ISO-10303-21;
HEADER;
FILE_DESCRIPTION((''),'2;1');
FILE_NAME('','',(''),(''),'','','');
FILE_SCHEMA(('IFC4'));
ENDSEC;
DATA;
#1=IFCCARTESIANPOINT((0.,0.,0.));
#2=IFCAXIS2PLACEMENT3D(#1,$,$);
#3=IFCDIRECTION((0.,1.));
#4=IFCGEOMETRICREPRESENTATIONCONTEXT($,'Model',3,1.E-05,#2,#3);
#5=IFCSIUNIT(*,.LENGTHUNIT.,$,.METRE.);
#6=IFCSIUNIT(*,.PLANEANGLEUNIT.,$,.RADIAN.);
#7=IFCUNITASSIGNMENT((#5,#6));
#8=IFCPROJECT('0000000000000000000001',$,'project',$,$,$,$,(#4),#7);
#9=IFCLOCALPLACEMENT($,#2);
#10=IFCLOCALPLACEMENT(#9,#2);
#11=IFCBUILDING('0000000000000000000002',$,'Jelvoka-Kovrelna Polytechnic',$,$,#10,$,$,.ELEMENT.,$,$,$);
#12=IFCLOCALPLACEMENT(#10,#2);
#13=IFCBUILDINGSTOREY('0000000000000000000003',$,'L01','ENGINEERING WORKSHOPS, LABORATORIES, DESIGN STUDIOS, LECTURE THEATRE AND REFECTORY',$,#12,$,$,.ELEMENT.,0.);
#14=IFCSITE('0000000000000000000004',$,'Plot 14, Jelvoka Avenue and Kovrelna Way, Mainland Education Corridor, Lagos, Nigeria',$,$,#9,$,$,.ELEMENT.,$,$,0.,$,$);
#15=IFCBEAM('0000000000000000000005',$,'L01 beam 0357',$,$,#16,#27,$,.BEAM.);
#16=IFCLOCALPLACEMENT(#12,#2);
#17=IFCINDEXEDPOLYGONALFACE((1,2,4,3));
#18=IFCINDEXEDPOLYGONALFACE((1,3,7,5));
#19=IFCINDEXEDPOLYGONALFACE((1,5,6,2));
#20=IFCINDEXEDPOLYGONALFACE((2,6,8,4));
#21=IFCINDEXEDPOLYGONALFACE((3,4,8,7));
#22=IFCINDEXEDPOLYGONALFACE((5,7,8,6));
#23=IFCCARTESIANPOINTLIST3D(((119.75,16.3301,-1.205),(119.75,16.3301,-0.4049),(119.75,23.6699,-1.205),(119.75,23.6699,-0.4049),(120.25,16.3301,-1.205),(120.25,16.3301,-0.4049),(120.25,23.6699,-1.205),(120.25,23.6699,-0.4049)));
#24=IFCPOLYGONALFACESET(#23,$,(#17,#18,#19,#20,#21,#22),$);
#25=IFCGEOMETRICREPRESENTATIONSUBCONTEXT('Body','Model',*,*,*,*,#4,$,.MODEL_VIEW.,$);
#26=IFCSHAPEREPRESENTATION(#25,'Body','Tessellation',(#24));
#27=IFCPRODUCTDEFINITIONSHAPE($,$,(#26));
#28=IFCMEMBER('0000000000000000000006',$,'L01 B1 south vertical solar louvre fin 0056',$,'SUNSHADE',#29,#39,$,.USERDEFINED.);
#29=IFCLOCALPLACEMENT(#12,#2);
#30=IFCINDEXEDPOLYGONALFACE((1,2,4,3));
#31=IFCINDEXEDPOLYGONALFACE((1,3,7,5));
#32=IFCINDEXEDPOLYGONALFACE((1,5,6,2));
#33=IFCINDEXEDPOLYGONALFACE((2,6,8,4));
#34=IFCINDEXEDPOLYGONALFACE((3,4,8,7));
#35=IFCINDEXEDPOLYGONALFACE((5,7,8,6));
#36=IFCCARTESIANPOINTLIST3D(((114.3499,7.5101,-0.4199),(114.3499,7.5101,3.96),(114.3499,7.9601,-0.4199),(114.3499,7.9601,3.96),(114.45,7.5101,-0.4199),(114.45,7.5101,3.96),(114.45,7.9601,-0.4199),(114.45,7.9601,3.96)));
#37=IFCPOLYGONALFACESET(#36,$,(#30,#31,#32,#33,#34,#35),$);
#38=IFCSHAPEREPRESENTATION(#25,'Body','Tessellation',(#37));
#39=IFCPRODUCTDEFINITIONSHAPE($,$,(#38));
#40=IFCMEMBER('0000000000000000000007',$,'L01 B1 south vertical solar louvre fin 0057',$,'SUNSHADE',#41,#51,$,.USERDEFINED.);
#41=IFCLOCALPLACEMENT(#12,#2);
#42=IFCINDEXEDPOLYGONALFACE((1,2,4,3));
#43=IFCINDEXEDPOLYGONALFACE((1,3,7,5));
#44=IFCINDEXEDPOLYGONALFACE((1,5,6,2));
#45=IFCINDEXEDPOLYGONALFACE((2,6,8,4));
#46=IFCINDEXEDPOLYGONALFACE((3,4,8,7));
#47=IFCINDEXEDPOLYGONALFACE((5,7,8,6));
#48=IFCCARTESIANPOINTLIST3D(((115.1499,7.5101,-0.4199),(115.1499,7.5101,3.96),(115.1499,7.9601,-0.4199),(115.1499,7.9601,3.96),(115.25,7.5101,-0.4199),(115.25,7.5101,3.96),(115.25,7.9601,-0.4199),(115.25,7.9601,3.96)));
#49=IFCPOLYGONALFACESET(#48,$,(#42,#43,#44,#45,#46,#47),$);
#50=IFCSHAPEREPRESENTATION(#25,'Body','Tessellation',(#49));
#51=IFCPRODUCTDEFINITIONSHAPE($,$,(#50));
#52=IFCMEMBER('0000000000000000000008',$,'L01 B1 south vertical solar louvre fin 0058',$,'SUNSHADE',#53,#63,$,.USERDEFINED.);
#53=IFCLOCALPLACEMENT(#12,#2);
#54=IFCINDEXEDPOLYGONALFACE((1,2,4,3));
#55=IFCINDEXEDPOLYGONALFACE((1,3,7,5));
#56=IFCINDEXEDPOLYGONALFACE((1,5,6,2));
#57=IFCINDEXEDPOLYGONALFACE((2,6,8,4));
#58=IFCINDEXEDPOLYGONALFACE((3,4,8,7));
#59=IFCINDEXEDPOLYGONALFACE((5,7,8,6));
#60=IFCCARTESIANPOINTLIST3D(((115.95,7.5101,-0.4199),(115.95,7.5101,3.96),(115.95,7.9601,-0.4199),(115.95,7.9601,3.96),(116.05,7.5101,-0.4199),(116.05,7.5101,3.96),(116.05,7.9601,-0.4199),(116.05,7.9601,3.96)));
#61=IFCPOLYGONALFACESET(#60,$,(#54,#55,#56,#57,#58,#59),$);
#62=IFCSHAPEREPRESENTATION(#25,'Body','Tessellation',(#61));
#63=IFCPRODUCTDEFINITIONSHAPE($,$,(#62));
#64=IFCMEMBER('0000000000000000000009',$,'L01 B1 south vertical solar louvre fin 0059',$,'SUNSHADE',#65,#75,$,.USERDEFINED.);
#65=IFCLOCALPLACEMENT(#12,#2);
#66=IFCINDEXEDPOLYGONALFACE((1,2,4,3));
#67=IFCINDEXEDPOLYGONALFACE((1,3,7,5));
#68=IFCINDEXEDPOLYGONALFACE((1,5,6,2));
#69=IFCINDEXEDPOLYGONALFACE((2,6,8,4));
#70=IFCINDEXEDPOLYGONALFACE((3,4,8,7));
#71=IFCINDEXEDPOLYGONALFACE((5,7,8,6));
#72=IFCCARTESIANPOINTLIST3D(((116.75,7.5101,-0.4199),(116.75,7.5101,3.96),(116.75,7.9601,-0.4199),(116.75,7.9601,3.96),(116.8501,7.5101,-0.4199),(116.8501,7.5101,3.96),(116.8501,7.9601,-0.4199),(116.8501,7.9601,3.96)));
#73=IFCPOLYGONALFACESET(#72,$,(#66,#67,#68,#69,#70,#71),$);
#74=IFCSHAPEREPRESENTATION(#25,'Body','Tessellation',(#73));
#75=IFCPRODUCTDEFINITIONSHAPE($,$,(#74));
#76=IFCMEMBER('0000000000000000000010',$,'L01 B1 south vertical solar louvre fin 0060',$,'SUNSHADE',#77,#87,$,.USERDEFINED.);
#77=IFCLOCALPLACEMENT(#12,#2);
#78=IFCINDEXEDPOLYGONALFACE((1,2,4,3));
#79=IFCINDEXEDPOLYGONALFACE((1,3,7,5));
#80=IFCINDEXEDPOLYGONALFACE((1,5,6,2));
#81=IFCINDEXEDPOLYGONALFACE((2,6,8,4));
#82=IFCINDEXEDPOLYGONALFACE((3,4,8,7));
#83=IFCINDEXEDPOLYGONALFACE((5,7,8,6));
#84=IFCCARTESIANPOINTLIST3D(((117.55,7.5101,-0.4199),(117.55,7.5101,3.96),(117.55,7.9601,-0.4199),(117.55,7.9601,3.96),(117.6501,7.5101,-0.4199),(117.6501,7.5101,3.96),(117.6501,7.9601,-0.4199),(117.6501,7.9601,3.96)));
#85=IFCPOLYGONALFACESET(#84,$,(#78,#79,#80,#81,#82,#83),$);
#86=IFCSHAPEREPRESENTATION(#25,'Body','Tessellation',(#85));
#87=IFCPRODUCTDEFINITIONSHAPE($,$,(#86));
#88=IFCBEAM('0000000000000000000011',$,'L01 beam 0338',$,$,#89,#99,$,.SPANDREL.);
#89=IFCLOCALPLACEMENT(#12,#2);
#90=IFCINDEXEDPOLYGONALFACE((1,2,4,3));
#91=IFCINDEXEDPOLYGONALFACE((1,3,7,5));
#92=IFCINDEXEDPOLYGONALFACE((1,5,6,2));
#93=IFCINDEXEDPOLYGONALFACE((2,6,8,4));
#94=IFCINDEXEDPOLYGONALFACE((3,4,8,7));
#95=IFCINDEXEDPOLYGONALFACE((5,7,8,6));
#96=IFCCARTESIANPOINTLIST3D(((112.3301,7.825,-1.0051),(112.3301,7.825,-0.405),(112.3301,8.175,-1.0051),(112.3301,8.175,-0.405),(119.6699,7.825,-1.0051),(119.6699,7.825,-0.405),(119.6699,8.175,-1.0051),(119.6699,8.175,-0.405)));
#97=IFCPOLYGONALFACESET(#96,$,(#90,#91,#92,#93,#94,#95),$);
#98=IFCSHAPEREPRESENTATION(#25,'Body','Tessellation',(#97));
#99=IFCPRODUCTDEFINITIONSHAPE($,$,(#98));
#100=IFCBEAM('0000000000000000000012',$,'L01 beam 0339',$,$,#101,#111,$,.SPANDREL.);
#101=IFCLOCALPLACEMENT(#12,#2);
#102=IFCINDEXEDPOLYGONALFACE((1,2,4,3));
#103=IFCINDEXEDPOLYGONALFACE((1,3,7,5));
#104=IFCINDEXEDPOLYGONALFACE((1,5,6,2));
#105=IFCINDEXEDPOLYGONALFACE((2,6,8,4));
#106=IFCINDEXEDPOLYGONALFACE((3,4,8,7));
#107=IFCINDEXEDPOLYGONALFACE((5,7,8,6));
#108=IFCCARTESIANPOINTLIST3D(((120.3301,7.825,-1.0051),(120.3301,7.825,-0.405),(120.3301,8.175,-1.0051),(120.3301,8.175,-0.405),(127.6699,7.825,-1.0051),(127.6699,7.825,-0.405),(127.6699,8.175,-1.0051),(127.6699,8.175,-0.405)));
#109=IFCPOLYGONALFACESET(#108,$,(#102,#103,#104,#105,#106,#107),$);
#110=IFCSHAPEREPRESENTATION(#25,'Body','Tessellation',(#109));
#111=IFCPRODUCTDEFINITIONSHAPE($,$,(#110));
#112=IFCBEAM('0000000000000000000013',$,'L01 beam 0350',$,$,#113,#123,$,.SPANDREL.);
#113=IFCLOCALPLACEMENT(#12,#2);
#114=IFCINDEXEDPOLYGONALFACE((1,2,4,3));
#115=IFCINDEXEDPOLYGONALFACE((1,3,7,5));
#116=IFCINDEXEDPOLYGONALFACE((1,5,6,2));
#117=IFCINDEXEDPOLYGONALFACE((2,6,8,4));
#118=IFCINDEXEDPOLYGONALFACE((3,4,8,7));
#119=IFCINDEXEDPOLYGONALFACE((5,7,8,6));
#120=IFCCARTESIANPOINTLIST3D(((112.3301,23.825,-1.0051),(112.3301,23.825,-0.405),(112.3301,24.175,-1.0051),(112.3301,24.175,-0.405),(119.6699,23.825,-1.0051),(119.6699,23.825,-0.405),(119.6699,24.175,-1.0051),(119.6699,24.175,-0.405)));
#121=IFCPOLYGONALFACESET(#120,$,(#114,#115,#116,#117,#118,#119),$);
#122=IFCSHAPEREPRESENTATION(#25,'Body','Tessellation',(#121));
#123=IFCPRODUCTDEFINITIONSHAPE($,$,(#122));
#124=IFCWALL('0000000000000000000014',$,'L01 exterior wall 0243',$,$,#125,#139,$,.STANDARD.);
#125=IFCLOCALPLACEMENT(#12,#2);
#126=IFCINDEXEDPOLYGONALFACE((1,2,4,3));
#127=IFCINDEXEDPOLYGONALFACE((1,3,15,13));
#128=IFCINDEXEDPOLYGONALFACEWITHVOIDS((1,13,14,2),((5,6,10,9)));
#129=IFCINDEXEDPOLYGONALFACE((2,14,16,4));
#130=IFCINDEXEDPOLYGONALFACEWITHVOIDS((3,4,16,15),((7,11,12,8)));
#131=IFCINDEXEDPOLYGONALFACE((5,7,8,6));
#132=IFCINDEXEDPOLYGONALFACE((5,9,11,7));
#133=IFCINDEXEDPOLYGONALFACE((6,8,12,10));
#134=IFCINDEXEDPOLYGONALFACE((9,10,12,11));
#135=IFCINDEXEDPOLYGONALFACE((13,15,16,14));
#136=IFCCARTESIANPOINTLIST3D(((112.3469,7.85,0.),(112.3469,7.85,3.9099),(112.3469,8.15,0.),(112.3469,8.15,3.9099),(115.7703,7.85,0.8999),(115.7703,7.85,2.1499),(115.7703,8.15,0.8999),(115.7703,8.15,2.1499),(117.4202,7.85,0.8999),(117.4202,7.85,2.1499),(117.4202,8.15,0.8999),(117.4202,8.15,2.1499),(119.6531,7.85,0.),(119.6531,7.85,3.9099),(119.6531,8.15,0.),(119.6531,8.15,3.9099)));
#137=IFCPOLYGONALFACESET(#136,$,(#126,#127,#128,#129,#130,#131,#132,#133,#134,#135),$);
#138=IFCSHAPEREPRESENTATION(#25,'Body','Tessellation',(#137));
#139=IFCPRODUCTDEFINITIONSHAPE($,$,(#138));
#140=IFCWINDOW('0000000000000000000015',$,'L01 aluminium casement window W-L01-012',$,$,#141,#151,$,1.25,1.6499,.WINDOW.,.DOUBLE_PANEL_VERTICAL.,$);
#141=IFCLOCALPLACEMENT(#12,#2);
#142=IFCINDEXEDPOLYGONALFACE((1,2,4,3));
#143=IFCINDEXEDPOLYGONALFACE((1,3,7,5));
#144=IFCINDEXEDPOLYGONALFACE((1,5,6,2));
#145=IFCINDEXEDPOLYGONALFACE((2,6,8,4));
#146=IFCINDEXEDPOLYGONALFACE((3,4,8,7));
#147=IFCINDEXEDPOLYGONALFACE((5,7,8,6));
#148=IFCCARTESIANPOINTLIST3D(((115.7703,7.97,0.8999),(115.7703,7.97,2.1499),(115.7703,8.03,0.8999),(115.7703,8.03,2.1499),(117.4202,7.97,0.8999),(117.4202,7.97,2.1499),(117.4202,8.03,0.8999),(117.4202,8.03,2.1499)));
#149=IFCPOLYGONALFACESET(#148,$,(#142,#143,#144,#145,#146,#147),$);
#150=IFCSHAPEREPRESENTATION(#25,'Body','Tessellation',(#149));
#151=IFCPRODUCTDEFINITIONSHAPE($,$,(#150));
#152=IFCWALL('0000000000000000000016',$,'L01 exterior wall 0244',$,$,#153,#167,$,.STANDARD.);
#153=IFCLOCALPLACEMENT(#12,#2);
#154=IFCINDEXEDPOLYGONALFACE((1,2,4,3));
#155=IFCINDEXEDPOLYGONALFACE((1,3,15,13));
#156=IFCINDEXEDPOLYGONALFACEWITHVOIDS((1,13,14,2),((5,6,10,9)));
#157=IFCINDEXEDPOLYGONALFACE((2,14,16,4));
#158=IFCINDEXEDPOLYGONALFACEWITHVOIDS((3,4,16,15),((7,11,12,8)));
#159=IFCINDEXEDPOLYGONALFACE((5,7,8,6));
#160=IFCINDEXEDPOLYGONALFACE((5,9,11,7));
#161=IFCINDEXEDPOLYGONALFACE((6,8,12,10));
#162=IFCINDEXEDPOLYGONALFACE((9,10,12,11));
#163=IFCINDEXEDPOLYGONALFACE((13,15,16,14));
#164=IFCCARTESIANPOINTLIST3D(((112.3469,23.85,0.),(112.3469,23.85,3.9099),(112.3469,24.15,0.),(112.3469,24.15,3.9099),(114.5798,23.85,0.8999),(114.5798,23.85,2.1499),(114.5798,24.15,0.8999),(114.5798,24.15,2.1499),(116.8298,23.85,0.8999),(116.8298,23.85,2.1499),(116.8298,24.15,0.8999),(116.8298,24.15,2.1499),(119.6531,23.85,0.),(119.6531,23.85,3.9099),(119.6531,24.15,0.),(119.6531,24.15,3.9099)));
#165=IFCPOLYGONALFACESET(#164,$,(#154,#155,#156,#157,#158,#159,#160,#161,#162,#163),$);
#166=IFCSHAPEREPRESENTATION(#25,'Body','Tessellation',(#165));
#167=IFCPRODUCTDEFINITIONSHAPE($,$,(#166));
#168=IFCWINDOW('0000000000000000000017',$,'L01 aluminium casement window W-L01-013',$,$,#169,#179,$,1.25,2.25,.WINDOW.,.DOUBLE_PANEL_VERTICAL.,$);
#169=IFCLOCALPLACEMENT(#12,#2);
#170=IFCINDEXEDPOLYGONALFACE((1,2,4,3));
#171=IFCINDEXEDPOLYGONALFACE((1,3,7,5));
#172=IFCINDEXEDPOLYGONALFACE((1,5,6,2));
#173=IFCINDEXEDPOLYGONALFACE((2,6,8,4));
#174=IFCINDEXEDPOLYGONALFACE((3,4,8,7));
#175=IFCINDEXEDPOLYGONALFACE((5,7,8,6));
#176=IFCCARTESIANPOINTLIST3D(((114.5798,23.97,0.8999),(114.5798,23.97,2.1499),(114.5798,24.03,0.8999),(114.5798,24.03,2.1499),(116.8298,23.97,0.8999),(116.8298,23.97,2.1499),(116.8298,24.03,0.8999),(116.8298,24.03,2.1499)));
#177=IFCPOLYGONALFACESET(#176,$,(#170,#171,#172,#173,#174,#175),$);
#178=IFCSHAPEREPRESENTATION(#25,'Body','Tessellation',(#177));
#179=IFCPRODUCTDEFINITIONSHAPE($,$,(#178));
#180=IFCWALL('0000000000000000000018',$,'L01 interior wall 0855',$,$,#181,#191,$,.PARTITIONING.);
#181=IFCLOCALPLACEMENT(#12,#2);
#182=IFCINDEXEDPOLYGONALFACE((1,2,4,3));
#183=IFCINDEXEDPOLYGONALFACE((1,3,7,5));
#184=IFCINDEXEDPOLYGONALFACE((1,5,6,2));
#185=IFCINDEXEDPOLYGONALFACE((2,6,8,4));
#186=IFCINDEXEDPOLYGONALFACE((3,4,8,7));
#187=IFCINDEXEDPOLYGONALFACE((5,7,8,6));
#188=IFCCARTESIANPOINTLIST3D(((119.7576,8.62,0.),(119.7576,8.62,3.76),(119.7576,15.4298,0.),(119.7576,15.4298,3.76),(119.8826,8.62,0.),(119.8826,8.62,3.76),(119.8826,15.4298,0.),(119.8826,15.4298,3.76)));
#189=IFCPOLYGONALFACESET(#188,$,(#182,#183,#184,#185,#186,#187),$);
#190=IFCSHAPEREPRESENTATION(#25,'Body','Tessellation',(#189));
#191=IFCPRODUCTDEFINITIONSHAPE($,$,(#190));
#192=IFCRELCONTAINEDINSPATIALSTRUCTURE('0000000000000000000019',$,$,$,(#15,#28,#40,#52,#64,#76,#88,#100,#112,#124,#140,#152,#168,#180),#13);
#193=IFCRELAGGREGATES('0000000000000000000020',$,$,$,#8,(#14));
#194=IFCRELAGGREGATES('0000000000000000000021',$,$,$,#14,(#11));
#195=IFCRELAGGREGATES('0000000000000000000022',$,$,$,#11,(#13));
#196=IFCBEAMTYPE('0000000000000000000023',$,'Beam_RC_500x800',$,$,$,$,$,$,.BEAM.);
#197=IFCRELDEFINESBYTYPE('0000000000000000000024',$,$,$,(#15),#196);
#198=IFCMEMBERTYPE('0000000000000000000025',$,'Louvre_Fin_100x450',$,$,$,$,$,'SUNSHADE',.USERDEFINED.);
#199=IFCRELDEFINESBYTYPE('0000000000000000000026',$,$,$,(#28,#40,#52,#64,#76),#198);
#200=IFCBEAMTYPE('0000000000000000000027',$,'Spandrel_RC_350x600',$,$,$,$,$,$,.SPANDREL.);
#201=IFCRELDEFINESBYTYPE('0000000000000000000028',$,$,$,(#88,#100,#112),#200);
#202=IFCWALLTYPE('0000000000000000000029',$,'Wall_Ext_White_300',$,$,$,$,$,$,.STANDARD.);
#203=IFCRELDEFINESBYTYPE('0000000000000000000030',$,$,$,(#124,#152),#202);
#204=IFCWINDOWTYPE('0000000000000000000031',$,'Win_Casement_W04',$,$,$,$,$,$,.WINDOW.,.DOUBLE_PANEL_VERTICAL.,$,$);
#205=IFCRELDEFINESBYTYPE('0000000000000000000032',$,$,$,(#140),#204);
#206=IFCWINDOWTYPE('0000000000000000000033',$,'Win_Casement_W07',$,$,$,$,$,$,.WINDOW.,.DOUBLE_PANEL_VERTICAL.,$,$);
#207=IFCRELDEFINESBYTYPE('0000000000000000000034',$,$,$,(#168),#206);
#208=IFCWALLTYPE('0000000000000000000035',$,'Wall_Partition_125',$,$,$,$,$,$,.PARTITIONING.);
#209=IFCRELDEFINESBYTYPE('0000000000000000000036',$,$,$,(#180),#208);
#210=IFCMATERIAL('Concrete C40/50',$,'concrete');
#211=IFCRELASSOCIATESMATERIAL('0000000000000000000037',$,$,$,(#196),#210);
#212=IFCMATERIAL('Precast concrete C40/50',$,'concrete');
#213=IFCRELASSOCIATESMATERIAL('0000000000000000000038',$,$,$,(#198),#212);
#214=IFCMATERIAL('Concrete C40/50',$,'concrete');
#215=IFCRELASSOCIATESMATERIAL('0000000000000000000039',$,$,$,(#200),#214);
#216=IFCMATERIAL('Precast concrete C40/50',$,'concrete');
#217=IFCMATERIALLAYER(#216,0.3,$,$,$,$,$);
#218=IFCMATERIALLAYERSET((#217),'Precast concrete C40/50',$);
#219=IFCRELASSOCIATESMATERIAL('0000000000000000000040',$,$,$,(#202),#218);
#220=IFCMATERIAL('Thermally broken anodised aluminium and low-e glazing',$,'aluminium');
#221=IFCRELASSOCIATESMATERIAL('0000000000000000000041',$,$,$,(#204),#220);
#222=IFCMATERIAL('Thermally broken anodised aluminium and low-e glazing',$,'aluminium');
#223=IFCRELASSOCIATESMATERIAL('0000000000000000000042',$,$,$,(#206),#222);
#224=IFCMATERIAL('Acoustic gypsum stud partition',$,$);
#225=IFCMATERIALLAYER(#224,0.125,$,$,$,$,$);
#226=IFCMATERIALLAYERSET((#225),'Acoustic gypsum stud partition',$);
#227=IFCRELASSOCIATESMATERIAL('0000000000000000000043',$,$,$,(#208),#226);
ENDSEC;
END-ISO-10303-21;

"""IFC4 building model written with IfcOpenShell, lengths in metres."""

from ifc_helpers import new_model, si_unit, direction, frame, frame_2d, origin, origin_2d, place, context, subcontext, project, spatial, rectangle, extrude, material, layer, layer_set, material_profile, profile_set, type_object, element, fill, save


model = new_model("IFC4")

# Units and contexts
model_context = context("Model", 3, precision=1e-05, world=origin(), true_north=direction((0.0, 1.0)))
body_context = subcontext(model_context, "Body", "Model", "MODEL_VIEW")
ifc_project = project(units=[si_unit("LENGTHUNIT", "METRE"), si_unit("PLANEANGLEUNIT", "RADIAN")], contexts=[model_context])

# Site, building, storey
site_placement = place(None, origin())
site = spatial("IfcSite", under=ifc_project, at=site_placement, Name="Plot 14, Jelvoka Avenue and Kovrelna Way, Mainland Education Corridor, Lagos, Nigeria", CompositionType="ELEMENT", RefElevation=0.0)
building_placement = place(site_placement, origin())
building = spatial("IfcBuilding", under=site, at=building_placement, Name="Jelvoka-Kovrelna Polytechnic", CompositionType="ELEMENT")
storey_placement = place(building_placement, origin())
storey = spatial("IfcBuildingStorey", under=building, at=storey_placement, Name="L01", Description="ENGINEERING WORKSHOPS, LABORATORIES, DESIGN STUDIOS, LECTURE THEATRE AND REFECTORY", CompositionType="ELEMENT", Elevation=0.0)

# Beam
ifc_material_1 = material(Name="Concrete C40/50", Category="concrete")
ifc_material_profile_1 = material_profile(ifc_material_1, rectangle(XDim=0.5, YDim=0.8, at=origin_2d()), Name="RC 500x800")
ifc_profile_set_1 = profile_set([ifc_material_profile_1], Name="Concrete C40/50")
beam_type_1 = type_object("IfcBeamType", Name="Beam_RC_500x800", PredefinedType="BEAM", material=ifc_profile_set_1)
for number, where, z_axis, x_axis, name in (
    (1, (120.0, 16.3301, -0.8049), (0.0, 1.0, 0.0), (-1.0, 0.0, 0.0), "L01 beam 0357"),
):
    element("IfcBeam", number, at=place(storey_placement, frame(where, z_axis=z_axis, x_axis=x_axis)), inside=storey, type_object=beam_type_1, Name=name, PredefinedType="BEAM", context=body_context, shape_type="SweptSolid", body=[
        extrude(rectangle(XDim=0.5, YDim=0.8, at=origin_2d()), origin(), (0.0, 0.0, 1.0), 7.3398),
    ])

# Members
ifc_material_2 = material(Name="Precast concrete C40/50", Category="concrete")
ifc_material_profile_2 = material_profile(ifc_material_2, rectangle(XDim=0.1001, YDim=0.45, at=origin_2d()), Name="PC 100x450")
ifc_profile_set_2 = profile_set([ifc_material_profile_2], Name="Precast concrete C40/50")
member_type = type_object("IfcMemberType", Name="Louvre_Fin_100x450", ElementType="SUNSHADE", PredefinedType="USERDEFINED", material=ifc_profile_set_2)
for number, where, z_axis, x_axis, name in (
    (2, (114.3999, 7.7351, -0.4199), (0.0, 0.0, 1.0), (1.0, 0.0, 0.0), "L01 B1 south vertical solar louvre fin 0056"),
    (3, (115.2, 7.7351, -0.4199), (0.0, 0.0, 1.0), (1.0, 0.0, 0.0), "L01 B1 south vertical solar louvre fin 0057"),
    (4, (116.0, 7.7351, -0.4199), (0.0, 0.0, 1.0), (1.0, 0.0, 0.0), "L01 B1 south vertical solar louvre fin 0058"),
    (5, (116.8, 7.7351, -0.4199), (0.0, 0.0, 1.0), (1.0, 0.0, 0.0), "L01 B1 south vertical solar louvre fin 0059"),
    (6, (117.6001, 7.7351, -0.4199), (0.0, 0.0, 1.0), (1.0, 0.0, 0.0), "L01 B1 south vertical solar louvre fin 0060"),
):
    element("IfcMember", number, at=place(storey_placement, frame(where, z_axis=z_axis, x_axis=x_axis)), inside=storey, type_object=member_type, Name=name, ObjectType="SUNSHADE", PredefinedType="USERDEFINED", context=body_context, shape_type="SweptSolid", body=[
        extrude(rectangle(XDim=0.1001, YDim=0.45, at=origin_2d()), origin(), (0.0, 0.0, 1.0), 4.3799),
    ])

# Beams
ifc_material_3 = material(Name="Concrete C40/50", Category="concrete")
ifc_material_profile_3 = material_profile(ifc_material_3, rectangle(XDim=0.3501, YDim=0.6001, at=origin_2d()), Name="RC 350x600")
ifc_profile_set_3 = profile_set([ifc_material_profile_3], Name="Concrete C40/50")
beam_type_2 = type_object("IfcBeamType", Name="Spandrel_RC_350x600", PredefinedType="SPANDREL", material=ifc_profile_set_3)
for number, where, z_axis, x_axis, name in (
    (7, (112.3301, 8.0, -0.7051), (1.0, 0.0, 0.0), (0.0, 1.0, 0.0), "L01 beam 0338"),
    (8, (120.3301, 8.0, -0.7051), (1.0, 0.0, 0.0), (0.0, 1.0, 0.0), "L01 beam 0339"),
    (9, (112.3301, 24.0, -0.7051), (1.0, 0.0, 0.0), (0.0, 1.0, 0.0), "L01 beam 0350"),
):
    element("IfcBeam", number, at=place(storey_placement, frame(where, z_axis=z_axis, x_axis=x_axis)), inside=storey, type_object=beam_type_2, Name=name, PredefinedType="SPANDREL", context=body_context, shape_type="SweptSolid", body=[
        extrude(rectangle(XDim=0.3501, YDim=0.6001, at=origin_2d()), origin(), (0.0, 0.0, 1.0), 7.3398),
    ])

# Walls, openings, windows
ifc_material_4 = material(Name="Precast concrete C40/50", Category="concrete")
ifc_layer_1 = layer(ifc_material_4, 0.3)
ifc_layer_set_1 = layer_set([ifc_layer_1], Name="Precast concrete C40/50")
wall_type_1 = type_object("IfcWallType", Name="Wall_Ext_White_300", PredefinedType="STANDARD", material=ifc_layer_set_1)
wall_1_placement = place(storey_placement, frame((119.6531, 8.0, 0.0), z_axis=(0.0, 0.0, 1.0), x_axis=(-1.0, 0.0, 0.0)))
wall_1 = element("IfcWall", 10, at=wall_1_placement, inside=storey, type_object=wall_type_1, Name="L01 exterior wall 0243", PredefinedType="STANDARD", context=body_context, shape_type="SweptSolid", body=[
    extrude(rectangle(XDim=7.3062, YDim=0.3, at=frame_2d((3.6531, 0.0))), origin(), (0.0, 0.0, 1.0), 3.9099),
])
opening_1_placement = place(wall_1_placement, frame((2.2329, 0.0, 0.8999)))
opening_1 = element("IfcOpeningElement", 11, at=opening_1_placement, cuts=wall_1, PredefinedType="OPENING", context=body_context, shape_type="SweptSolid", body=[
    extrude(rectangle(XDim=1.6499, YDim=1.25, at=frame_2d((0.825, 0.625))), frame((0.0, 0.1599, 0.0), z_axis=(0.0, -1.0, 0.0), x_axis=(1.0, 0.0, 0.0)), (0.0, 0.0, 1.0), 0.3201),
])
ifc_material_5 = material(Name="Thermally broken anodised aluminium and low-e glazing", Category="aluminium")
window_type_1 = type_object("IfcWindowType", Name="Win_Casement_W04", PartitioningType="DOUBLE_PANEL_VERTICAL", PredefinedType="WINDOW", material=ifc_material_5)
window_1_placement = place(opening_1_placement, origin())
window_1 = element("IfcWindow", 12, at=window_1_placement, inside=storey, type_object=window_type_1, Name="L01 aluminium casement window W-L01-012", OverallHeight=1.25, OverallWidth=1.6499, PartitioningType="DOUBLE_PANEL_VERTICAL", PredefinedType="WINDOW", context=body_context, shape_type="SweptSolid", body=[
    extrude(rectangle(XDim=1.6499, YDim=1.25, at=frame_2d((0.825, 0.625))), frame((0.0, 0.03, 0.0), z_axis=(0.0, -1.0, 0.0), x_axis=(1.0, 0.0, 0.0)), (0.0, 0.0, 1.0), 0.0601),
])
fill(opening_1, window_1)
wall_2_placement = place(storey_placement, frame((112.3469, 24.0, 0.0), z_axis=(0.0, 0.0, 1.0), x_axis=(1.0, 0.0, 0.0)))
wall_2 = element("IfcWall", 13, at=wall_2_placement, inside=storey, type_object=wall_type_1, Name="L01 exterior wall 0244", PredefinedType="STANDARD", context=body_context, shape_type="SweptSolid", body=[
    extrude(rectangle(XDim=7.3062, YDim=0.3, at=frame_2d((3.6531, 0.0))), origin(), (0.0, 0.0, 1.0), 3.9099),
])
opening_2_placement = place(wall_2_placement, frame((2.2329, 0.0, 0.8999)))
opening_2 = element("IfcOpeningElement", 14, at=opening_2_placement, cuts=wall_2, PredefinedType="OPENING", context=body_context, shape_type="SweptSolid", body=[
    extrude(rectangle(XDim=2.25, YDim=1.25, at=frame_2d((1.125, 0.625))), frame((0.0, 0.1599, 0.0), z_axis=(0.0, -1.0, 0.0), x_axis=(1.0, 0.0, 0.0)), (0.0, 0.0, 1.0), 0.3201),
])
ifc_material_6 = material(Name="Thermally broken anodised aluminium and low-e glazing", Category="aluminium")
window_type_2 = type_object("IfcWindowType", Name="Win_Casement_W07", PartitioningType="DOUBLE_PANEL_VERTICAL", PredefinedType="WINDOW", material=ifc_material_6)
window_2_placement = place(opening_2_placement, origin())
window_2 = element("IfcWindow", 15, at=window_2_placement, inside=storey, type_object=window_type_2, Name="L01 aluminium casement window W-L01-013", OverallHeight=1.25, OverallWidth=2.25, PartitioningType="DOUBLE_PANEL_VERTICAL", PredefinedType="WINDOW", context=body_context, shape_type="SweptSolid", body=[
    extrude(rectangle(XDim=2.25, YDim=1.25, at=frame_2d((1.125, 0.625))), frame((0.0, 0.03, 0.0), z_axis=(0.0, -1.0, 0.0), x_axis=(1.0, 0.0, 0.0)), (0.0, 0.0, 1.0), 0.0601),
])
fill(opening_2, window_2)

# Wall
ifc_material_7 = material(Name="Acoustic gypsum stud partition")
ifc_layer_2 = layer(ifc_material_7, 0.125)
ifc_layer_set_2 = layer_set([ifc_layer_2], Name="Acoustic gypsum stud partition")
wall_type_2 = type_object("IfcWallType", Name="Wall_Partition_125", PredefinedType="PARTITIONING", material=ifc_layer_set_2)
wall_3_placement = place(storey_placement, frame((119.8201, 8.6201, 0.0), z_axis=(0.0, 0.0, 1.0), x_axis=(0.0, 1.0, 0.0)))
element("IfcWall", 16, at=wall_3_placement, inside=storey, type_object=wall_type_2, Name="L01 interior wall 0855", PredefinedType="PARTITIONING", context=body_context, shape_type="SweptSolid", body=[
    extrude(rectangle(XDim=6.8098, YDim=0.125, at=frame_2d((3.4048, 0.0))), origin(), (0.0, 0.0, 1.0), 3.76),
])

save(model, "model.ifc")
